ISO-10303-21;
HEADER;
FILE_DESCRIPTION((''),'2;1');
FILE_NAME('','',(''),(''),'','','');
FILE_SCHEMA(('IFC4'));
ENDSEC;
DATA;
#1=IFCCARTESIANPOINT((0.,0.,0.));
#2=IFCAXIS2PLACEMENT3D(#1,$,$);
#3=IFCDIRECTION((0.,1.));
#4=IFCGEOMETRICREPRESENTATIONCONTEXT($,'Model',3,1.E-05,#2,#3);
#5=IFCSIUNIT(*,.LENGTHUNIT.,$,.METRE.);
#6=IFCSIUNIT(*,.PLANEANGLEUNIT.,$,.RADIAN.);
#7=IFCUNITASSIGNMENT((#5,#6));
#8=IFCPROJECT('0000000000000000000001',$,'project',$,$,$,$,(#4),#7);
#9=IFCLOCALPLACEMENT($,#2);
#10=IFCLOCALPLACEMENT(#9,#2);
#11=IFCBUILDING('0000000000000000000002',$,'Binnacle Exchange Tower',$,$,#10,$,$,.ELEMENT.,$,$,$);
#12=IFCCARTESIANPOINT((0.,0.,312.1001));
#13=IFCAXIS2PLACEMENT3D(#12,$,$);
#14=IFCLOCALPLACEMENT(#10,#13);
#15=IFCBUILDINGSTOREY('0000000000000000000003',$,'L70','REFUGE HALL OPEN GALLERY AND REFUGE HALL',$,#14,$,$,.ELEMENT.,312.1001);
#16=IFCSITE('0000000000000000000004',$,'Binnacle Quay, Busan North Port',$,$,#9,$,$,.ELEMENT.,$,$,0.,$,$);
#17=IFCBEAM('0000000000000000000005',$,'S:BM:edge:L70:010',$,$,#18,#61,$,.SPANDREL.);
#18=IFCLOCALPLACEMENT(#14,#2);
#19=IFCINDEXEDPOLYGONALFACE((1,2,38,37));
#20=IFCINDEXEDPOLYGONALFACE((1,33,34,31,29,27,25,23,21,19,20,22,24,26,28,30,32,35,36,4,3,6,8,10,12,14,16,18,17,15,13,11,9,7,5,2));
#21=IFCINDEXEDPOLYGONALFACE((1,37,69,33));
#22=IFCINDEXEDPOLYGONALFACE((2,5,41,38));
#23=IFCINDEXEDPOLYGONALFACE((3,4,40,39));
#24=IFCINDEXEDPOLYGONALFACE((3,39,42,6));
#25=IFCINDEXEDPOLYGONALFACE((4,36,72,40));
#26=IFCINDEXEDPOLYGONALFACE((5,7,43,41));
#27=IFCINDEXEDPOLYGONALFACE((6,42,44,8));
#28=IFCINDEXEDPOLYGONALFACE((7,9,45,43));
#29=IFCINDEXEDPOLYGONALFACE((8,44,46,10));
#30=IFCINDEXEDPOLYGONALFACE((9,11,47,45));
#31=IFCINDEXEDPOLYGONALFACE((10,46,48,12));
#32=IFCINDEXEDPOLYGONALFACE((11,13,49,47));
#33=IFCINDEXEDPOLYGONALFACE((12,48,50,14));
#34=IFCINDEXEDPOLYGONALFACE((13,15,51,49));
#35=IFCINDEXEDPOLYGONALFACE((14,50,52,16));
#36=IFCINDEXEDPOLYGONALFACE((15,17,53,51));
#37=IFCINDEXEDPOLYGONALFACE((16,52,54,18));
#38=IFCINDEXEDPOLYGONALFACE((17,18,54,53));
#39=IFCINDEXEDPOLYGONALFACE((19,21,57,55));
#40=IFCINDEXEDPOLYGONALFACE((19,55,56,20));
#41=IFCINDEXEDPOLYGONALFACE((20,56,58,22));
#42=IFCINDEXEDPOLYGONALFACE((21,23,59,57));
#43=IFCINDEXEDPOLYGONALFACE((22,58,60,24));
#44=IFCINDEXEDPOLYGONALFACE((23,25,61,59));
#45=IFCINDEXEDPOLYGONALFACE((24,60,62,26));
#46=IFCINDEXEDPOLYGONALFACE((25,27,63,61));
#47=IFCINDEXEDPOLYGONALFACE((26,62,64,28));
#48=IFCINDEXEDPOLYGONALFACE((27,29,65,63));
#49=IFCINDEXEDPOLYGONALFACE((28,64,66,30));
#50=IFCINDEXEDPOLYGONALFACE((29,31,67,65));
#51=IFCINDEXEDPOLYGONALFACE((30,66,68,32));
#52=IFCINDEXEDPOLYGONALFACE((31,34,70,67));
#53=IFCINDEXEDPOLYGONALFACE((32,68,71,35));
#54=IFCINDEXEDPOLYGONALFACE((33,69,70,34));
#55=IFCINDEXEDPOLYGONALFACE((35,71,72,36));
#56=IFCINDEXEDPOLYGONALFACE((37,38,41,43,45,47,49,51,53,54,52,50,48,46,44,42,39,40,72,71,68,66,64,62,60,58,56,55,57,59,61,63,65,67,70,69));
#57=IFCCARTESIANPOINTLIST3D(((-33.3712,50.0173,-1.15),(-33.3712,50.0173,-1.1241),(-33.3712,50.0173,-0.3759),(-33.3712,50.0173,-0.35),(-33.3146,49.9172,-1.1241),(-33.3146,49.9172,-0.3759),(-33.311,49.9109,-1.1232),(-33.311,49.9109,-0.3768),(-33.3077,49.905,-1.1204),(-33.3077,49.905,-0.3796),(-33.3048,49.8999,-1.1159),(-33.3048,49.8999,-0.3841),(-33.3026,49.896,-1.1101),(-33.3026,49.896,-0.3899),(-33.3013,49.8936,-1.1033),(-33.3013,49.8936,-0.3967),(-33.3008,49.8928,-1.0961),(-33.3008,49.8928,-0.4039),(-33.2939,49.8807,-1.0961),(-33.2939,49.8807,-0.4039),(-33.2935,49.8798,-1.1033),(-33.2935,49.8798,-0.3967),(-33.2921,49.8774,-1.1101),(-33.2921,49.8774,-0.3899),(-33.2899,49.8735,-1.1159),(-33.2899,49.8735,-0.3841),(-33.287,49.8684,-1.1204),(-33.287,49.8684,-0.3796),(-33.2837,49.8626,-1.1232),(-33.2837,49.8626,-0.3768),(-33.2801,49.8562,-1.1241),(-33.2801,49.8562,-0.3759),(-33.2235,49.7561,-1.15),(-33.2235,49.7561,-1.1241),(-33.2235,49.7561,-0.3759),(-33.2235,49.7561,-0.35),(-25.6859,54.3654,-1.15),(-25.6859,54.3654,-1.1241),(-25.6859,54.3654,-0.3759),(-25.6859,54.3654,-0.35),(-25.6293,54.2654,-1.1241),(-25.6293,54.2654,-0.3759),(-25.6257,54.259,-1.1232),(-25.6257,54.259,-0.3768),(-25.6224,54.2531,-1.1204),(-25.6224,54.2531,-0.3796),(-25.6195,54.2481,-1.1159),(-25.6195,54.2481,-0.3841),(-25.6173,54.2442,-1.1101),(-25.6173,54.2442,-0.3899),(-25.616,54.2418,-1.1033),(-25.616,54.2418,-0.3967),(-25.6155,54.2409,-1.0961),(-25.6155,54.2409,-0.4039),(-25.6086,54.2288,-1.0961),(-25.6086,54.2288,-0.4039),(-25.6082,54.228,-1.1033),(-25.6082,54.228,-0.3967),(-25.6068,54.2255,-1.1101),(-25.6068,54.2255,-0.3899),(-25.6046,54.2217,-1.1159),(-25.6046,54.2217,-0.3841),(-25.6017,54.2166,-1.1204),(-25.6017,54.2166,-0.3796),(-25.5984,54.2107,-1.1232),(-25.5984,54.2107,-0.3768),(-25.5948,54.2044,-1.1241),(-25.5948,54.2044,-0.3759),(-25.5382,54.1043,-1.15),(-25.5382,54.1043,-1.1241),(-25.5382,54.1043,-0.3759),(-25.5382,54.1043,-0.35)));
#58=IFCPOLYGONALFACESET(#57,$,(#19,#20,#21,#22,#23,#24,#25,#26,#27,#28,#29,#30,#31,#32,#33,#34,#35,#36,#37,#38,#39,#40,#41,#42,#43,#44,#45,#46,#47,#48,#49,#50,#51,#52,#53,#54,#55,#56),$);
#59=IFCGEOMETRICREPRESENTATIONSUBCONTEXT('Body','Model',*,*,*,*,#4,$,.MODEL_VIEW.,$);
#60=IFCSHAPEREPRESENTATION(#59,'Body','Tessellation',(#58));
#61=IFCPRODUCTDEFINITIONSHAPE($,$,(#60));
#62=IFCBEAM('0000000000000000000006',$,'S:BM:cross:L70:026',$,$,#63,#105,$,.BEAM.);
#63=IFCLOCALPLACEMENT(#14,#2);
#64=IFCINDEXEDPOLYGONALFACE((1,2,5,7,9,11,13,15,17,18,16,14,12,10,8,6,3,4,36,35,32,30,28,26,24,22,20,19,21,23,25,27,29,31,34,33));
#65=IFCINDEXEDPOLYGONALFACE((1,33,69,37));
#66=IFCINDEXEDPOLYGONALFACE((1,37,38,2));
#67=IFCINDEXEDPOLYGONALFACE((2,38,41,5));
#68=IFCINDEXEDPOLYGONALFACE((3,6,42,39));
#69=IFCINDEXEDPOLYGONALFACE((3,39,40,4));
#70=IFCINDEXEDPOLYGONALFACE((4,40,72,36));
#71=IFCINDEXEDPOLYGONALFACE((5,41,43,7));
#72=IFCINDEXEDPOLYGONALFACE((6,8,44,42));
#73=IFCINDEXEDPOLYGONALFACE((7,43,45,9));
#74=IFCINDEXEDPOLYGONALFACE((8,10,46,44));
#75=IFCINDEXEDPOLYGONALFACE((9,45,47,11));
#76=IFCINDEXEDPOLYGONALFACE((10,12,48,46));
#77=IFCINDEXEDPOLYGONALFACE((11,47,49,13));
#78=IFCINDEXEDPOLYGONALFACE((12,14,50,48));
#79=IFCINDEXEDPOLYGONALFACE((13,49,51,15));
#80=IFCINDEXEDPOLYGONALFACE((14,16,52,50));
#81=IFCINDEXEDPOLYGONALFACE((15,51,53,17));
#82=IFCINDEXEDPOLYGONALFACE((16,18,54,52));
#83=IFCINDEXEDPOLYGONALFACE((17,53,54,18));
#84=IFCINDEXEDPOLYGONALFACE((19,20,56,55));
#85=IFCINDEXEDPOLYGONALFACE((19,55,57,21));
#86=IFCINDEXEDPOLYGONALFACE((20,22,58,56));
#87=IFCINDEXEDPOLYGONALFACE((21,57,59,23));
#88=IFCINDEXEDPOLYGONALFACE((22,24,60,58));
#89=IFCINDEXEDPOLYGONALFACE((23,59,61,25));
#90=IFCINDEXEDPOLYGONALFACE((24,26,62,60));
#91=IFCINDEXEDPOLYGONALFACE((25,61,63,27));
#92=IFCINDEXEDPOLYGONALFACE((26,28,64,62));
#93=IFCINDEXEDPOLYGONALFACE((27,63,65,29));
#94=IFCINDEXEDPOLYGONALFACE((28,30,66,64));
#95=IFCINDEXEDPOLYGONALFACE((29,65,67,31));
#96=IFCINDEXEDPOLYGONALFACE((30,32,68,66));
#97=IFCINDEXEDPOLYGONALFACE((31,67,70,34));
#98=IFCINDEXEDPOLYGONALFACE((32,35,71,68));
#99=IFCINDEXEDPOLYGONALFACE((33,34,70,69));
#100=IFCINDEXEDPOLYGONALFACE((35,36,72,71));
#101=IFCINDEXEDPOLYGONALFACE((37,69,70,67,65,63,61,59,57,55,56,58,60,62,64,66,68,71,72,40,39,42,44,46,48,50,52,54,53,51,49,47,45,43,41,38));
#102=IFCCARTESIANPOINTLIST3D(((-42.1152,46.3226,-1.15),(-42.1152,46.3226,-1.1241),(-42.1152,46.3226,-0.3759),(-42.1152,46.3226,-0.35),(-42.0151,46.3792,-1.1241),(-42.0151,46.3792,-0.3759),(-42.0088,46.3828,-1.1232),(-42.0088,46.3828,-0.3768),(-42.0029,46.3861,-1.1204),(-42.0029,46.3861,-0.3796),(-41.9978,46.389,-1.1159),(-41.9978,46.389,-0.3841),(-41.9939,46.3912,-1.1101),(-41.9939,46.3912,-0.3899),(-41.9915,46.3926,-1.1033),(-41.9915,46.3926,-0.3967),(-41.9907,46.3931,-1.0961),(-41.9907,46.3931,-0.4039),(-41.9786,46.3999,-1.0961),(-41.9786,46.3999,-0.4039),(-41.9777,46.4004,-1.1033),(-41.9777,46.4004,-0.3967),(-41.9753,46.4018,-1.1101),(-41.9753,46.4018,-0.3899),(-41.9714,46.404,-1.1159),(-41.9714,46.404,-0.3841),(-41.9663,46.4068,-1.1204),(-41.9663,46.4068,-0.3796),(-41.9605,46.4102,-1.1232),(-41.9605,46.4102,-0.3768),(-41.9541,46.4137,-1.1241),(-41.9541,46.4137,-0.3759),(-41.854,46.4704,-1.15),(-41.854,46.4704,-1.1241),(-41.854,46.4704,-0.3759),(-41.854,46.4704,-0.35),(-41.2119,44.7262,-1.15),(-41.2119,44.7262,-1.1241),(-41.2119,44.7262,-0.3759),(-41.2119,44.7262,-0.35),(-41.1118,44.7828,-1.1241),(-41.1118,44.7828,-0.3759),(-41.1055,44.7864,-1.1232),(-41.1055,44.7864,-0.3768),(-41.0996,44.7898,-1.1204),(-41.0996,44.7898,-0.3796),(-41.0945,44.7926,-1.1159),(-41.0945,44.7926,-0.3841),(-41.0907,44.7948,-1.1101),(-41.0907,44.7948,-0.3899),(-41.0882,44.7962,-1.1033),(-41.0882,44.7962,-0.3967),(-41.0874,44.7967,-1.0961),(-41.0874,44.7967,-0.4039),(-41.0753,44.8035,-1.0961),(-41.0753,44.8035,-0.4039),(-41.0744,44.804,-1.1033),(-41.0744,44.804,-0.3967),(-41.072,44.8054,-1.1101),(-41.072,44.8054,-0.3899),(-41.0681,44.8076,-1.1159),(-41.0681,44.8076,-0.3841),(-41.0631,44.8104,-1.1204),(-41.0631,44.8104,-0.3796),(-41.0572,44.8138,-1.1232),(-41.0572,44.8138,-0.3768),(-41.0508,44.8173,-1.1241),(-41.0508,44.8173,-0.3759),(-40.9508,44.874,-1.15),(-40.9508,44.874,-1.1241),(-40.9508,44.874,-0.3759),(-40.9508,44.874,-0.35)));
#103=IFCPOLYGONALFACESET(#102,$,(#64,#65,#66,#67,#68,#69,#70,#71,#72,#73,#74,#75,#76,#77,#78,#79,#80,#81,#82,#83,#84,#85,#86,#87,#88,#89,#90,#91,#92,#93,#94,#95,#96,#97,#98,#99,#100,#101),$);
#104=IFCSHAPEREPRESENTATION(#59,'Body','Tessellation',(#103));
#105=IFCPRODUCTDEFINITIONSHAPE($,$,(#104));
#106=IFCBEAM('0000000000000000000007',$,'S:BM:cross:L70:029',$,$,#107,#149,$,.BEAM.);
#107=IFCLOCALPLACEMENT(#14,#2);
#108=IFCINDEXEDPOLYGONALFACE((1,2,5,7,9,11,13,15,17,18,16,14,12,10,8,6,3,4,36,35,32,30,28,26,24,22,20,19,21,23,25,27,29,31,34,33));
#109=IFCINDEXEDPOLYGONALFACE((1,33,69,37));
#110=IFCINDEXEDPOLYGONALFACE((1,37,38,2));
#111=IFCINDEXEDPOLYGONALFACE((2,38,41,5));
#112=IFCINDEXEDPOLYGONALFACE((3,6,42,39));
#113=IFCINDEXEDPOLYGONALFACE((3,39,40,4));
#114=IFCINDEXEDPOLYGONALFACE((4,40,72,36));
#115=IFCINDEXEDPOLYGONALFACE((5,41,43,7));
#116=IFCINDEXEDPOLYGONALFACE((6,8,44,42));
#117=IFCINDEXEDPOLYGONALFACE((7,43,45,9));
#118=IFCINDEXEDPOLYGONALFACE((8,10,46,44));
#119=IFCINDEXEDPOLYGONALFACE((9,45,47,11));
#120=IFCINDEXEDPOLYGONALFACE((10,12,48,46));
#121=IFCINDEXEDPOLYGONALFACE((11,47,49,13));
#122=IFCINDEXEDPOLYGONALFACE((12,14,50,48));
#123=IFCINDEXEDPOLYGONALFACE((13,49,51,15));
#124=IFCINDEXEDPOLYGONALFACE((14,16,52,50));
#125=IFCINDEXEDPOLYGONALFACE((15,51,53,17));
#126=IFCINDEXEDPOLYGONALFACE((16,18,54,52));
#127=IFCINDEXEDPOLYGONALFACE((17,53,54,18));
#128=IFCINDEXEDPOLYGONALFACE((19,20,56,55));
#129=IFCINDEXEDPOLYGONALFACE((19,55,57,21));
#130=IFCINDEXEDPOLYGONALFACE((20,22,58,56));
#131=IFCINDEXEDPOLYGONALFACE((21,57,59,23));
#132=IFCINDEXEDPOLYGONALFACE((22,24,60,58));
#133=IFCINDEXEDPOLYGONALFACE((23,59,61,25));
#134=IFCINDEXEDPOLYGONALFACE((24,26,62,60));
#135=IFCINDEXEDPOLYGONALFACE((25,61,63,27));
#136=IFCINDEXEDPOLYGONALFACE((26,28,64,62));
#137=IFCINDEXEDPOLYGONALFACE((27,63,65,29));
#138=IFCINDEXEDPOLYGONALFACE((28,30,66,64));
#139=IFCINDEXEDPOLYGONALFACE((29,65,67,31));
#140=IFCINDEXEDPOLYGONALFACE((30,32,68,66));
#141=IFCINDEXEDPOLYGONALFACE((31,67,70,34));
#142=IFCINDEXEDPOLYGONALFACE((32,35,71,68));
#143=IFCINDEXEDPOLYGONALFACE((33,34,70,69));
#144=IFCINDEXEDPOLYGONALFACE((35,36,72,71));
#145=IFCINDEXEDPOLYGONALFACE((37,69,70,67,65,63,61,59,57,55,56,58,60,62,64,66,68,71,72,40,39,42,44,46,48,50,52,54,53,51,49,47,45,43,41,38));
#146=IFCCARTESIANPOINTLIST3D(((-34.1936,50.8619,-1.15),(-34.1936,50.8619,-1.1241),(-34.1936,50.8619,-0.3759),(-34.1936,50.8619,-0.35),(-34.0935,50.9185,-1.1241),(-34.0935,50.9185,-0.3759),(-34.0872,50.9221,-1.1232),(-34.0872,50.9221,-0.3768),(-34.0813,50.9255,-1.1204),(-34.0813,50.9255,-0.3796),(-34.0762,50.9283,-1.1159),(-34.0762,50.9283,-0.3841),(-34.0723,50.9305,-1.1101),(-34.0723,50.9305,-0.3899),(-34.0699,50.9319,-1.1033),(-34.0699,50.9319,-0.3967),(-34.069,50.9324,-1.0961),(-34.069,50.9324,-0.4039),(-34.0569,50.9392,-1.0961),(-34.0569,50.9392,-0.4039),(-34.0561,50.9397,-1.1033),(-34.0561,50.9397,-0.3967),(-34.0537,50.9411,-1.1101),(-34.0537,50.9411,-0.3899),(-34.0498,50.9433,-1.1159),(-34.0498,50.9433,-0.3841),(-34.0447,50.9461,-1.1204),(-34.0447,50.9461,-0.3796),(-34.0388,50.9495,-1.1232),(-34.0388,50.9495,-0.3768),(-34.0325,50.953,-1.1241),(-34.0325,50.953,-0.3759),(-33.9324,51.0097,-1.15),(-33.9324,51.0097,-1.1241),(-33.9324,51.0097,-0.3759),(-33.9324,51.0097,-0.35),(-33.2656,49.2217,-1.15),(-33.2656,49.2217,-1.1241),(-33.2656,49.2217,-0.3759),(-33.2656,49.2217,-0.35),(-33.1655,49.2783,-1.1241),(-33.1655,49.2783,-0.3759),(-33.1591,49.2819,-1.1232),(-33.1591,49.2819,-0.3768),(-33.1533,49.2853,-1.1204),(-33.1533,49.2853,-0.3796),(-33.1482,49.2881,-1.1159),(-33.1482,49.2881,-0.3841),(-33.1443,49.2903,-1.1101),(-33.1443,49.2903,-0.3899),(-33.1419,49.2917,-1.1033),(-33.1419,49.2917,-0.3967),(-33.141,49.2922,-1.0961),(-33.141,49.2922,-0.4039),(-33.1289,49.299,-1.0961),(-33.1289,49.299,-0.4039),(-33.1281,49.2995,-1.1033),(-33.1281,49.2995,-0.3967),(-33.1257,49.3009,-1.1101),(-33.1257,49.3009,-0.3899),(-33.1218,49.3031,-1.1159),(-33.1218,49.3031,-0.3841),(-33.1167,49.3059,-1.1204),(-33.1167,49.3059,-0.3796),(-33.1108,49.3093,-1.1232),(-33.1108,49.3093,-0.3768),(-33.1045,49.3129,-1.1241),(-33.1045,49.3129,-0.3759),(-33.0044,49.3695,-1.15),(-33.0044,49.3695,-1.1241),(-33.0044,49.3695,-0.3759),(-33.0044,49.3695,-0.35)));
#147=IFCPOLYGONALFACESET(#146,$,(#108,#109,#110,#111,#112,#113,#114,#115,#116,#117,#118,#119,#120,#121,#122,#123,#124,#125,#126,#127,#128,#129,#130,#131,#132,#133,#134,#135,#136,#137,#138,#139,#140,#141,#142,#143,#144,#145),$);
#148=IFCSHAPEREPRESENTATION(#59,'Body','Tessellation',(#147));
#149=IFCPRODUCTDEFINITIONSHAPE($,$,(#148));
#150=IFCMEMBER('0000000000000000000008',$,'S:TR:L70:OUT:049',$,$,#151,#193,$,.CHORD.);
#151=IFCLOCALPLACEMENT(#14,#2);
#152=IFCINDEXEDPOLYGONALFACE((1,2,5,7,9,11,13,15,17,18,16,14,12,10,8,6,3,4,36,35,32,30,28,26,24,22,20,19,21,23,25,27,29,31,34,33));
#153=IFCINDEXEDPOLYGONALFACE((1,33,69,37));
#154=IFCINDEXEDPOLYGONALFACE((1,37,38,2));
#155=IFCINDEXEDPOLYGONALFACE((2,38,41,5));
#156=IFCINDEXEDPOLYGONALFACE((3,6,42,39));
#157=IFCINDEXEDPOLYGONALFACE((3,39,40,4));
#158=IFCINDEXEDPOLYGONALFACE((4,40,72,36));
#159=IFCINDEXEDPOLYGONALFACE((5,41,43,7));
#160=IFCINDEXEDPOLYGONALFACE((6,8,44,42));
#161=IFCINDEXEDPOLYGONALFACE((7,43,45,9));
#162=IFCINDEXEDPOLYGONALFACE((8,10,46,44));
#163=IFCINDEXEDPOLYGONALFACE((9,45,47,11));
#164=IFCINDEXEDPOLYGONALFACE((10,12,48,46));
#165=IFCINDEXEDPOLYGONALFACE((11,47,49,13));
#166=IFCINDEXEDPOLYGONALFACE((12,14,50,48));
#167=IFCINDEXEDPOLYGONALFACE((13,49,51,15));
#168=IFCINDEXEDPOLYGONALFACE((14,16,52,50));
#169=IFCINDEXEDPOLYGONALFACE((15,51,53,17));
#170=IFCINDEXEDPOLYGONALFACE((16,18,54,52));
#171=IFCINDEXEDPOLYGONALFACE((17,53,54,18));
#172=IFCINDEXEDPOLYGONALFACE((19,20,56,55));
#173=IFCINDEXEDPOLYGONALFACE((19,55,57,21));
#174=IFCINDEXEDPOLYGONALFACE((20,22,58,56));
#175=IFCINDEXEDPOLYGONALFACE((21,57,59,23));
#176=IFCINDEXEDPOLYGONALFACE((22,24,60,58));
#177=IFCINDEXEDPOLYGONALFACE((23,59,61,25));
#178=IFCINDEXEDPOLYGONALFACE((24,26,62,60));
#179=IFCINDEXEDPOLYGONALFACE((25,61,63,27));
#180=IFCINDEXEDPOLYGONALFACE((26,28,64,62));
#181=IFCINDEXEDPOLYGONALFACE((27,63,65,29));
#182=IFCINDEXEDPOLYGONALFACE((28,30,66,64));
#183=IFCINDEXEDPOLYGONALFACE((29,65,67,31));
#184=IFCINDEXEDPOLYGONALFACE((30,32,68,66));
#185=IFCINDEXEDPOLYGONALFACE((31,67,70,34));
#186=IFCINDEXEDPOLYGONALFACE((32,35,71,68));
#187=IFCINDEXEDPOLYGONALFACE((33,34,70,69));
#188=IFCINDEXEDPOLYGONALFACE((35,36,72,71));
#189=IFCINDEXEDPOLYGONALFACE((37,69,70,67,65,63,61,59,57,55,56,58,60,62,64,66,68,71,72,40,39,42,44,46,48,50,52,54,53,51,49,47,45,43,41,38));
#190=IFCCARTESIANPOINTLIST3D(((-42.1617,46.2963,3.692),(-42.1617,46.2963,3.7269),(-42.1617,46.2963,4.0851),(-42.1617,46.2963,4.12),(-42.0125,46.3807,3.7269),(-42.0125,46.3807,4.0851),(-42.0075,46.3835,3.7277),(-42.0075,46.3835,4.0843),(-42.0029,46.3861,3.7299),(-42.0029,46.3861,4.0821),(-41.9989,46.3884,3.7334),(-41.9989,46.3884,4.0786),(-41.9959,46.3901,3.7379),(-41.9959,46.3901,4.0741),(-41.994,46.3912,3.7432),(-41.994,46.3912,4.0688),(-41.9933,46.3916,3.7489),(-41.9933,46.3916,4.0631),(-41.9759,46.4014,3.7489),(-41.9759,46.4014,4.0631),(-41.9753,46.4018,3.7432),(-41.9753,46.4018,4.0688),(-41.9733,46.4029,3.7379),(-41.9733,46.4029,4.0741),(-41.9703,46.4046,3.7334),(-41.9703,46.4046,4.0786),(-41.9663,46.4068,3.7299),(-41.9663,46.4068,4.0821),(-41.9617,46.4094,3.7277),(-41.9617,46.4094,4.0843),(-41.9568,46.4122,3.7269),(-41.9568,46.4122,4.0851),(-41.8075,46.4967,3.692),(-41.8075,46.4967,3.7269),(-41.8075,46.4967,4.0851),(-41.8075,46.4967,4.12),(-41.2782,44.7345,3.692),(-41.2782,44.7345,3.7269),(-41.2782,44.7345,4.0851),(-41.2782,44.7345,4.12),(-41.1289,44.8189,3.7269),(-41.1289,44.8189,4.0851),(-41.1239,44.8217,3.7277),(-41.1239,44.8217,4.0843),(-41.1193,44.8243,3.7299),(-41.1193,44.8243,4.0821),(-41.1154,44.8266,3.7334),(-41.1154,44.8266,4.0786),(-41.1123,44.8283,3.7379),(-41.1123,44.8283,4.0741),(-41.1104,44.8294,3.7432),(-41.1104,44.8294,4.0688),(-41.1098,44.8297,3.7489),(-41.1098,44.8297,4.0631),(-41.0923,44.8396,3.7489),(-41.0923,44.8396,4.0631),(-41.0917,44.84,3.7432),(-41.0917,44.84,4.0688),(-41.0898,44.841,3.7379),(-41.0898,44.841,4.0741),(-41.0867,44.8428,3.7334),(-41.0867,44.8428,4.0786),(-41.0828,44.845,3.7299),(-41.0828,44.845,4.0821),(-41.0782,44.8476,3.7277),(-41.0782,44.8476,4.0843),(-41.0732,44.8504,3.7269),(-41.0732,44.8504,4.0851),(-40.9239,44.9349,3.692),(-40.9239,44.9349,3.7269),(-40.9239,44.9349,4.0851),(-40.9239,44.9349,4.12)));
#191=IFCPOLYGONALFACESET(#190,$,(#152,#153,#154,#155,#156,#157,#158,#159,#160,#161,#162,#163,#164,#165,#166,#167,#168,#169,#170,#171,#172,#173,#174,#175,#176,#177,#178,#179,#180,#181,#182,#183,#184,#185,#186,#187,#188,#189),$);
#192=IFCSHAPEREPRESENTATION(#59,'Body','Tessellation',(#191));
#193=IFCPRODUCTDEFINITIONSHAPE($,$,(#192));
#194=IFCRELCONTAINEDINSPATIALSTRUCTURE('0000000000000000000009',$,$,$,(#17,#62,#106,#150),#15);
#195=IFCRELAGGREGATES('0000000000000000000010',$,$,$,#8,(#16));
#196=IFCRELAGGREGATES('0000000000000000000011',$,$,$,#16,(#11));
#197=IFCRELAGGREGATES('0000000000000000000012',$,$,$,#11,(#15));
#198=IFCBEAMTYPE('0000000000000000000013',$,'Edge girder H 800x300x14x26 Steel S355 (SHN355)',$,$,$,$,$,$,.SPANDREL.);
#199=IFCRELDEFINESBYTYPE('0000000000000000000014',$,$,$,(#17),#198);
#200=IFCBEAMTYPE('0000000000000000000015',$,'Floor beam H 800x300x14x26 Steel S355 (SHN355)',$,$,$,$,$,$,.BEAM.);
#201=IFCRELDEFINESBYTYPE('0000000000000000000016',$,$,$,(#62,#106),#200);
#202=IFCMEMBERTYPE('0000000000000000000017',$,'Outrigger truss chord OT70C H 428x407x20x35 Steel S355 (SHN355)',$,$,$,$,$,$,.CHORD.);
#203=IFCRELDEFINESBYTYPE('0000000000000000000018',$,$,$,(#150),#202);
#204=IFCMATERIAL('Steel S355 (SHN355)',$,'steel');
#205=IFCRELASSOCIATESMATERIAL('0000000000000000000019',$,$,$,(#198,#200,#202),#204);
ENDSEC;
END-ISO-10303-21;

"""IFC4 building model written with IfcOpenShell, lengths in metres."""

from ifc_helpers import new_model, si_unit, direction, frame, origin, origin_2d, place, context, subcontext, project, spatial, i_section, extrude, material, material_profile, profile_set, type_object, element, save


model = new_model("IFC4")

# Units and contexts
model_context = context("Model", 3, precision=1e-05, world=origin(), true_north=direction((0.0, 1.0)))
body_context = subcontext(model_context, "Body", "Model", "MODEL_VIEW")
ifc_project = project(units=[si_unit("LENGTHUNIT", "METRE"), si_unit("PLANEANGLEUNIT", "RADIAN")], contexts=[model_context])

# Site, building, storey
site_placement = place(None, origin())
site = spatial("IfcSite", under=ifc_project, at=site_placement, Name="Binnacle Quay, Busan North Port", CompositionType="ELEMENT", RefElevation=0.0)
building_placement = place(site_placement, origin())
building = spatial("IfcBuilding", under=site, at=building_placement, Name="Binnacle Exchange Tower", CompositionType="ELEMENT")
storey_placement = place(building_placement, frame((0.0, 0.0, 312.1001)))
storey = spatial("IfcBuildingStorey", under=building, at=storey_placement, Name="L70", Description="REFUGE HALL OPEN GALLERY AND REFUGE HALL", CompositionType="ELEMENT", Elevation=312.1001)

# Shared definitions
ifc_material_1 = material(Name="Steel S355 (SHN355)", Category="steel")

# Beams
ifc_material_profile_1 = material_profile(ifc_material_1, i_section(OverallWidth=0.3, OverallDepth=0.8, WebThickness=0.0139, FlangeThickness=0.0259, FilletRadius=0.0281, at=origin_2d()), Name="H 800x300x14x26")
ifc_profile_set_1 = profile_set([ifc_material_profile_1], Name="Steel S355 (SHN355)")
beam_type_1 = type_object("IfcBeamType", Name="Edge girder H 800x300x14x26 Steel S355 (SHN355)", PredefinedType="SPANDREL", material=ifc_profile_set_1)
beam_1_placement = place(storey_placement, frame((-33.2974, 49.8867, -0.75), z_axis=(0.870355, 0.492424, 0.0), x_axis=(-0.492424, 0.870355, 0.0)))
element("IfcBeam", 1, at=beam_1_placement, inside=storey, type_object=beam_type_1, Name="S:BM:edge:L70:010", PredefinedType="SPANDREL", context=body_context, shape_type="SweptSolid", body=[
    extrude(i_section(OverallWidth=0.3, OverallDepth=0.8, WebThickness=0.0139, FlangeThickness=0.0259, FilletRadius=0.0281, at=origin_2d()), origin(), (0.0, 0.0, 1.0), 8.8301),
])
ifc_material_profile_2 = material_profile(ifc_material_1, i_section(OverallWidth=0.3, OverallDepth=0.8, WebThickness=0.0139, FlangeThickness=0.0259, FilletRadius=0.0281, at=origin_2d()), Name="H 800x300x14x26")
ifc_profile_set_2 = profile_set([ifc_material_profile_2], Name="Steel S355 (SHN355)")
beam_type_2 = type_object("IfcBeamType", Name="Floor beam H 800x300x14x26 Steel S355 (SHN355)", PredefinedType="BEAM", material=ifc_profile_set_2)
beam_2_placement = place(storey_placement, frame((-41.9846, 46.3965, -0.75), z_axis=(0.492465, -0.870332, 0.0), x_axis=(0.870332, 0.492465, 0.0)))
element("IfcBeam", 2, at=beam_2_placement, inside=storey, type_object=beam_type_2, Name="S:BM:cross:L70:026", PredefinedType="BEAM", context=body_context, shape_type="SweptSolid", body=[
    extrude(i_section(OverallWidth=0.3, OverallDepth=0.8, WebThickness=0.0139, FlangeThickness=0.0259, FilletRadius=0.0281, at=origin_2d()), origin(), (0.0, 0.0, 1.0), 1.8342),
])
beam_3_placement = place(storey_placement, frame((-34.063, 50.9358, -0.75), z_axis=(0.492437, -0.870348, 0.0), x_axis=(0.870348, 0.492437, 0.0)))
element("IfcBeam", 3, at=beam_3_placement, inside=storey, type_object=beam_type_2, Name="S:BM:cross:L70:029", PredefinedType="BEAM", context=body_context, shape_type="SweptSolid", body=[
    extrude(i_section(OverallWidth=0.3, OverallDepth=0.8, WebThickness=0.0139, FlangeThickness=0.0259, FilletRadius=0.0281, at=origin_2d()), origin(), (0.0, 0.0, 1.0), 1.8845),
])

# Member
ifc_material_profile_3 = material_profile(ifc_material_1, i_section(OverallWidth=0.407, OverallDepth=0.428, WebThickness=0.02, FlangeThickness=0.0349, FilletRadius=0.022, at=origin_2d()), Name="H 428x407x20x35")
ifc_profile_set_3 = profile_set([ifc_material_profile_3], Name="Steel S355 (SHN355)")
member_type_1 = type_object("IfcMemberType", Name="Outrigger truss chord OT70C H 428x407x20x35 Steel S355 (SHN355)", PredefinedType="CHORD", material=ifc_profile_set_3)
for number, where, z_axis, x_axis, name in (
    (4, (-41.9846, 46.3965, 3.906), (0.492398, -0.87037, 0.0), (0.87037, 0.492398, 0.0), "S:TR:L70:OUT:049"),
):
    element("IfcMember", number, at=place(storey_placement, frame(where, z_axis=z_axis, x_axis=x_axis)), inside=storey, type_object=member_type_1, Name=name, PredefinedType="CHORD", context=body_context, shape_type="SweptSolid", body=[
        extrude(i_section(OverallWidth=0.407, OverallDepth=0.428, WebThickness=0.02, FlangeThickness=0.0349, FilletRadius=0.022, at=origin_2d()), origin(), (0.0, 0.0, 1.0), 1.7944),
    ])

save(model, "model.ifc")
